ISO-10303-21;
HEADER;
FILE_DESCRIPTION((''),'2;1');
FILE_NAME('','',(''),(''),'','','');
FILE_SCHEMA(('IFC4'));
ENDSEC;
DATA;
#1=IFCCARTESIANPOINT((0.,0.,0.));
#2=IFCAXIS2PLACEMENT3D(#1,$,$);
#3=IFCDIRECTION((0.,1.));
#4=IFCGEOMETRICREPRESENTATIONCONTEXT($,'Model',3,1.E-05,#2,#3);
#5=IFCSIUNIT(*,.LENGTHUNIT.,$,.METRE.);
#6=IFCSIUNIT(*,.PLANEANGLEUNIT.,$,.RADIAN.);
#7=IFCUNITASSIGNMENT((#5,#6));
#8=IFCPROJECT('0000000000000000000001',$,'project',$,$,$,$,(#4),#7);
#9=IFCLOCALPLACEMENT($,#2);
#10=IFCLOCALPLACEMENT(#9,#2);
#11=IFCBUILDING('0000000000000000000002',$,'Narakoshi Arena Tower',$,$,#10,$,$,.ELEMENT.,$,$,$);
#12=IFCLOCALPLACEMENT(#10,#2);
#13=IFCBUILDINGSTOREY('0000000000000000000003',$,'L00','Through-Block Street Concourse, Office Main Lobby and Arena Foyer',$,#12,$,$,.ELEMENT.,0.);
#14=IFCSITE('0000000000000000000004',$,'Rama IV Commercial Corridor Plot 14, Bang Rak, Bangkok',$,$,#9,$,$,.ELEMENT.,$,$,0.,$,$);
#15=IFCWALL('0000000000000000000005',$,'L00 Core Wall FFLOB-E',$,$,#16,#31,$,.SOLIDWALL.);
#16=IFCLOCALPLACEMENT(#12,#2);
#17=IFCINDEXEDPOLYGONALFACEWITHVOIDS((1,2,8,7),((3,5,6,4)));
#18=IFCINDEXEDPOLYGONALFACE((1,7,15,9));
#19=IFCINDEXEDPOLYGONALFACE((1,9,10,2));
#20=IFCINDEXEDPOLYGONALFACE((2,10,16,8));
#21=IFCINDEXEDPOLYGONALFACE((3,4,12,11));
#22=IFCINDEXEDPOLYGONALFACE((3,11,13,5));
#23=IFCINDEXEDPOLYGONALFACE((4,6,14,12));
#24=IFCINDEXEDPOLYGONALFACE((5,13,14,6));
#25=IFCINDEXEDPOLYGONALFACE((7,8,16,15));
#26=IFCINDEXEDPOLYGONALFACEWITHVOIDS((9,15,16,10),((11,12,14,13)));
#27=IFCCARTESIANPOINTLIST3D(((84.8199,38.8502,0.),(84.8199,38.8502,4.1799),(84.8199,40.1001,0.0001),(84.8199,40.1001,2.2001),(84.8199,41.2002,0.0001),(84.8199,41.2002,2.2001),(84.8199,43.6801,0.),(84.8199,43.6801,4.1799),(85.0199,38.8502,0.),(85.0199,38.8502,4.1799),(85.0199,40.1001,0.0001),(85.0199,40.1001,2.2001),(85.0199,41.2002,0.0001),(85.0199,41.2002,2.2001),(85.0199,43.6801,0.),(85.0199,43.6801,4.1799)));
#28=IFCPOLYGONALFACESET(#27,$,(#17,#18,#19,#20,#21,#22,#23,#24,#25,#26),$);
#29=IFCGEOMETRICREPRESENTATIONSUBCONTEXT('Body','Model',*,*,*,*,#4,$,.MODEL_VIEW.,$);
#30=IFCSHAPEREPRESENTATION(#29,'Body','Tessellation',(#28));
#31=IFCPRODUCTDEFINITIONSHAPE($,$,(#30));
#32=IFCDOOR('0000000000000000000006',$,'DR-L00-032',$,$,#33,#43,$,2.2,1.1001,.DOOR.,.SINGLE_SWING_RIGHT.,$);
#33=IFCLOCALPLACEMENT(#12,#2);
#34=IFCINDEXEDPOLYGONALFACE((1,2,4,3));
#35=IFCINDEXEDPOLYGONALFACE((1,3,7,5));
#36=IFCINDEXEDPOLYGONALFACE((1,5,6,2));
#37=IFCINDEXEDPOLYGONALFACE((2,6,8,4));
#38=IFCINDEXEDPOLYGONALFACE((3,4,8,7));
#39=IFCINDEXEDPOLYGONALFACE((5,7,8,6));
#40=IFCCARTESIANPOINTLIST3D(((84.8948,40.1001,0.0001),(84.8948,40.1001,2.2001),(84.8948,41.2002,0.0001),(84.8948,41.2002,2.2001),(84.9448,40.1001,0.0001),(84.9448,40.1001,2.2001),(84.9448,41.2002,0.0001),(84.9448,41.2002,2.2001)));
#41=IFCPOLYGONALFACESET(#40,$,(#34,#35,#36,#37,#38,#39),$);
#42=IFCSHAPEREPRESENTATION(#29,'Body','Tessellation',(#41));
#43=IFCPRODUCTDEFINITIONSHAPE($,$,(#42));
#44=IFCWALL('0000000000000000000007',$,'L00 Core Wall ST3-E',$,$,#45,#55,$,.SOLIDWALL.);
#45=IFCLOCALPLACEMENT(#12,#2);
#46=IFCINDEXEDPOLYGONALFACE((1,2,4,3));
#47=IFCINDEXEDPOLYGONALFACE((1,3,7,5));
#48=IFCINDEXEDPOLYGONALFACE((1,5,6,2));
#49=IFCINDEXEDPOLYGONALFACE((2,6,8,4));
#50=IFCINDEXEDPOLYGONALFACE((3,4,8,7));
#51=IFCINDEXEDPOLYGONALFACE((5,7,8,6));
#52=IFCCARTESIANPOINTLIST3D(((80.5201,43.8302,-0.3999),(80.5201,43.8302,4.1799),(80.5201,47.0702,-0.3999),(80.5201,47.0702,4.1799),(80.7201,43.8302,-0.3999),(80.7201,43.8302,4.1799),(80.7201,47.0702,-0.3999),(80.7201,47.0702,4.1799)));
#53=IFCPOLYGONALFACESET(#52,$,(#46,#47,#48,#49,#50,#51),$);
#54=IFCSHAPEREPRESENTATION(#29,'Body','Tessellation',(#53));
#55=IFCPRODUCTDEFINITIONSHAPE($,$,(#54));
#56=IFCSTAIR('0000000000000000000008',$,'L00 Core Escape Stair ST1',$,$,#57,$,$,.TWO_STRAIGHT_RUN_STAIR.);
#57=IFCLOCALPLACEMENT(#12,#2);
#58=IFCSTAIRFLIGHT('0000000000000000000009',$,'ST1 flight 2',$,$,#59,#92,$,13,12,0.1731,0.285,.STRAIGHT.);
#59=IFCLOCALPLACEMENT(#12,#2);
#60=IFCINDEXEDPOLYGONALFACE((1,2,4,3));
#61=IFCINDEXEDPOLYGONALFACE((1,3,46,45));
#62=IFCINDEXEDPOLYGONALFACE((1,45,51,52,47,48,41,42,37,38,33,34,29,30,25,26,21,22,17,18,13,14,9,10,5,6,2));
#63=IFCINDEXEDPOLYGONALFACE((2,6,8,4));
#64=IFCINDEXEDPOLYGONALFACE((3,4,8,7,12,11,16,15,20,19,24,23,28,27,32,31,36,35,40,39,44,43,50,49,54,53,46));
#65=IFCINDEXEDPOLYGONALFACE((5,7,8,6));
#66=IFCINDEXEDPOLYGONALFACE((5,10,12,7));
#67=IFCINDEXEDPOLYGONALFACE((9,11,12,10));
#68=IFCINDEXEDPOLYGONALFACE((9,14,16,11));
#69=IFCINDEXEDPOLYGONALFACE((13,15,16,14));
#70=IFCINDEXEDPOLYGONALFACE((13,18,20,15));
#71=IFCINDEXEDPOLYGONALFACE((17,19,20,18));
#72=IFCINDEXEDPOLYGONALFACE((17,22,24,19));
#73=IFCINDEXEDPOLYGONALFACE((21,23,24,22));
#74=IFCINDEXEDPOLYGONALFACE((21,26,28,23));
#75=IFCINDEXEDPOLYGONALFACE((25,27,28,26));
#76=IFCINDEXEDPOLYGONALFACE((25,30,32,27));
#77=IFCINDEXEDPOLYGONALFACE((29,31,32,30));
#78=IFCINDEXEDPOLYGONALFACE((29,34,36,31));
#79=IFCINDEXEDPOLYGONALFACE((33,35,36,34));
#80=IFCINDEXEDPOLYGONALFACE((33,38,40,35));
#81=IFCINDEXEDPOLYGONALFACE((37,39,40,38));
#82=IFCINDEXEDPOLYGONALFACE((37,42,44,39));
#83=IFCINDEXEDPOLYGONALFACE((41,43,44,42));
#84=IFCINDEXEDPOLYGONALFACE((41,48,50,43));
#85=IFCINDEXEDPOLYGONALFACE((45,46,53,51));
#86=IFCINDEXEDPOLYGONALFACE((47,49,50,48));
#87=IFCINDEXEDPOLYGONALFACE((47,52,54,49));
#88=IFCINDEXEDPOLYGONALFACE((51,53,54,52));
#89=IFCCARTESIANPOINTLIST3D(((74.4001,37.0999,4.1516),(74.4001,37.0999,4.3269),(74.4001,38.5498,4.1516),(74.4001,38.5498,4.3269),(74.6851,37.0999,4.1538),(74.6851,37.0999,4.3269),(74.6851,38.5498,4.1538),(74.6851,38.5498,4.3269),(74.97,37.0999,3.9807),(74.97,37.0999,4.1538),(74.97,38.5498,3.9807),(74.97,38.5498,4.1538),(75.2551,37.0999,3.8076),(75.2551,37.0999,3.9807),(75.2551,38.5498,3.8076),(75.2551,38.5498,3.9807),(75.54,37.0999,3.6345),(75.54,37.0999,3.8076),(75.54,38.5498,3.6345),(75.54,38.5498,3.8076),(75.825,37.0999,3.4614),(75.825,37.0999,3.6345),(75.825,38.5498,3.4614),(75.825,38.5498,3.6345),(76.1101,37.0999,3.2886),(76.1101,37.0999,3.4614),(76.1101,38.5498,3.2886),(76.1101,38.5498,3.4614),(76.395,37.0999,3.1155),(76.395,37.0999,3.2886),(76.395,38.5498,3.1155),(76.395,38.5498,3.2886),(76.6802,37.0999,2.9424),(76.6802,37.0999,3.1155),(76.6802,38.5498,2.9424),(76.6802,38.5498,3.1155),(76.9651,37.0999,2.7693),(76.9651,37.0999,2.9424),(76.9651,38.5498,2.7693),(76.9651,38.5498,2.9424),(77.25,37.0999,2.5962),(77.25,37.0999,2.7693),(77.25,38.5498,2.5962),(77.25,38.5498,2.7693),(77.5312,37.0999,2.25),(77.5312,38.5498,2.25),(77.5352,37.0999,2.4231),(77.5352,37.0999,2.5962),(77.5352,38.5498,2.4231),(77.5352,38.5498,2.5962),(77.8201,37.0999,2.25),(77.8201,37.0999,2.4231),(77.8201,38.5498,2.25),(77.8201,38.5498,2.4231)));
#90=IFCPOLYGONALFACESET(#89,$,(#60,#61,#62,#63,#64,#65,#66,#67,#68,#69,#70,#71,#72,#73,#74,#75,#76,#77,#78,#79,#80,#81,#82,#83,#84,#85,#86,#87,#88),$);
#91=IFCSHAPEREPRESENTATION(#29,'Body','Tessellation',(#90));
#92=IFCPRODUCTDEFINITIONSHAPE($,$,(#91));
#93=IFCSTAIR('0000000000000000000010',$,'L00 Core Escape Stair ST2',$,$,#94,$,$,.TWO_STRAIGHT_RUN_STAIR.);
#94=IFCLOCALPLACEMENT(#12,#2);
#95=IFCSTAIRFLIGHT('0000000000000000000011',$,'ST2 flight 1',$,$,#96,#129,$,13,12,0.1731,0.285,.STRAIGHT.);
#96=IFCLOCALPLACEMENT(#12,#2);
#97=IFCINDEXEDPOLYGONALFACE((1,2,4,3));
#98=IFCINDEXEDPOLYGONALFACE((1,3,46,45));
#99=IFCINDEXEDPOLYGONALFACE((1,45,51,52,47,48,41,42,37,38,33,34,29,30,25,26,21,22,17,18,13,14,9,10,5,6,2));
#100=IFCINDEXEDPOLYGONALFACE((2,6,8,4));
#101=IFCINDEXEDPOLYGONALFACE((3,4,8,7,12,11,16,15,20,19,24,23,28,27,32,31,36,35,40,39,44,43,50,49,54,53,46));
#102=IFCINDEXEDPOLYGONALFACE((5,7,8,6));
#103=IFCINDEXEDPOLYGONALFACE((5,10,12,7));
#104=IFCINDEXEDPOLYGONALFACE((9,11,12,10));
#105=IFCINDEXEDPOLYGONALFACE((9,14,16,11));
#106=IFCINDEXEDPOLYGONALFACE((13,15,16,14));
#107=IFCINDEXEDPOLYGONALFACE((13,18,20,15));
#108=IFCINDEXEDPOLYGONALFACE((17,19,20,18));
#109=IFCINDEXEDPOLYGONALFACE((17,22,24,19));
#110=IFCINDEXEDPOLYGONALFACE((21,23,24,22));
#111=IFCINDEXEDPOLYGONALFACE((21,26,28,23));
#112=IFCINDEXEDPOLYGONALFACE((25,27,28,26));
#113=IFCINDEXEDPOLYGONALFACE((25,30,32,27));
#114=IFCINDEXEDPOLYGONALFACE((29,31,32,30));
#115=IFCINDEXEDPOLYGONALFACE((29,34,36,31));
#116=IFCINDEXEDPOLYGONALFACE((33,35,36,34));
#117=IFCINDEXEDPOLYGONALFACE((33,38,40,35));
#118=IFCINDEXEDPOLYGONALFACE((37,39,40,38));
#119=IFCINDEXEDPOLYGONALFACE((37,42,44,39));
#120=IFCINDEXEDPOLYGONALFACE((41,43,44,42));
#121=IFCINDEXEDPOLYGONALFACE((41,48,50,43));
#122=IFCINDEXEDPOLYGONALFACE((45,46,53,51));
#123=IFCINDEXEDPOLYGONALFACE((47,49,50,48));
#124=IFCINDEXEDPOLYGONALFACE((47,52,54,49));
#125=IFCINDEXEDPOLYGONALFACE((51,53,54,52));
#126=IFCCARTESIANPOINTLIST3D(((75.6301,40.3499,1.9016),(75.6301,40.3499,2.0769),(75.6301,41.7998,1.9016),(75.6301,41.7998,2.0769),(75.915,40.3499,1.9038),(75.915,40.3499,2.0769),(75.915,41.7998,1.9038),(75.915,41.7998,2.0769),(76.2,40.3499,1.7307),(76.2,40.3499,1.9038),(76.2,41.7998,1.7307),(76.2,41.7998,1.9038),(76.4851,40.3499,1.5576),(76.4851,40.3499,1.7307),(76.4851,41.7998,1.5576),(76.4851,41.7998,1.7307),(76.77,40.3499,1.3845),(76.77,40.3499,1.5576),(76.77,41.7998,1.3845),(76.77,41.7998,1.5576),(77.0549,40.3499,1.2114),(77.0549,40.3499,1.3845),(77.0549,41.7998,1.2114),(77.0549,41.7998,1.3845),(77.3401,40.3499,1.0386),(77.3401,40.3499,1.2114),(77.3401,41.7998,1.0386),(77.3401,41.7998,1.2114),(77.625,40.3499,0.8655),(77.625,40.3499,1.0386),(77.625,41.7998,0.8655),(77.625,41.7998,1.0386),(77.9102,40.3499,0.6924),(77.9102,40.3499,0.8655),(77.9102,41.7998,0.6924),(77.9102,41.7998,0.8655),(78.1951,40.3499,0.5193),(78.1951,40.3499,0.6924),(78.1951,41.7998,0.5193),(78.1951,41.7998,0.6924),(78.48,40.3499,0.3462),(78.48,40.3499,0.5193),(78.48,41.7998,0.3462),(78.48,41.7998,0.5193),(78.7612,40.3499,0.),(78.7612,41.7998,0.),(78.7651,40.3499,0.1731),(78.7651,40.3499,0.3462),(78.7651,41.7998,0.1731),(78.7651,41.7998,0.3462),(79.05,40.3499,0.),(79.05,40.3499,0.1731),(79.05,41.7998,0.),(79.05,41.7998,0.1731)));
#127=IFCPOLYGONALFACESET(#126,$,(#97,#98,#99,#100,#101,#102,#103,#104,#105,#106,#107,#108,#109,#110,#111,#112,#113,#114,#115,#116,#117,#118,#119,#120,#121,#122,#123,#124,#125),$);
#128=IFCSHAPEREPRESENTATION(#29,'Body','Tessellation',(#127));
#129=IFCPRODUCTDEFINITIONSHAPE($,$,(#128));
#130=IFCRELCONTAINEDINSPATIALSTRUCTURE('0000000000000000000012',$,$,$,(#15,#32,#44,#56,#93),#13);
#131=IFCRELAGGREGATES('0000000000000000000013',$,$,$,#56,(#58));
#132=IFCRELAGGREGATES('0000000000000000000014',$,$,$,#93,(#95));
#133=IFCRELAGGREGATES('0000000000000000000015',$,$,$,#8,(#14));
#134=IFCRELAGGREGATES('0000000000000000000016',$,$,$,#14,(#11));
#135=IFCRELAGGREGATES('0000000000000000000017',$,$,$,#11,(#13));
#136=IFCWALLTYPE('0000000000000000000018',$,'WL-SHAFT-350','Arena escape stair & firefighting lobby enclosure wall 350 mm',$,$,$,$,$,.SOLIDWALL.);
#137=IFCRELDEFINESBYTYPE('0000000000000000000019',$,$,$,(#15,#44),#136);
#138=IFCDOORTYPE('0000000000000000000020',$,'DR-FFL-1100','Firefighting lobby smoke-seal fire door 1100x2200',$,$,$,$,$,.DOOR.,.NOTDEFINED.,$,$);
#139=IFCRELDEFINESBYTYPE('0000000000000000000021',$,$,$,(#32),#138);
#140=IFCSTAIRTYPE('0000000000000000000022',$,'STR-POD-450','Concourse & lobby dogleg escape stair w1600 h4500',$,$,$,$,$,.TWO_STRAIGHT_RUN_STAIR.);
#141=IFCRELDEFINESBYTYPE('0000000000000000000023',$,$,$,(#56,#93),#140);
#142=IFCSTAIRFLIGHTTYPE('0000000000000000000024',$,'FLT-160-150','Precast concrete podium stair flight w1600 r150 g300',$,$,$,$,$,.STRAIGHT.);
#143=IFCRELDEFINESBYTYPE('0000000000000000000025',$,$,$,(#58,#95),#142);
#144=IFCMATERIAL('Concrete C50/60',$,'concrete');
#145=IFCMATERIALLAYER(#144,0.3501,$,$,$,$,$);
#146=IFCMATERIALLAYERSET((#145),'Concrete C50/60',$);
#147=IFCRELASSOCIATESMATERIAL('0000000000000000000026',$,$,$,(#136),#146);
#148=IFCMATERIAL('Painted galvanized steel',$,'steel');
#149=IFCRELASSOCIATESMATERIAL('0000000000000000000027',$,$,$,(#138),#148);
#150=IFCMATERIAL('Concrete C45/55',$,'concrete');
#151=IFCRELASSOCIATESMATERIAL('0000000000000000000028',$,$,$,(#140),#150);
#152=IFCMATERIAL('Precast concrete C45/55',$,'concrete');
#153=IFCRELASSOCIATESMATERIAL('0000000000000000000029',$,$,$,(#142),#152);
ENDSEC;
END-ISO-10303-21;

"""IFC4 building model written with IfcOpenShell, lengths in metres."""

from ifc_helpers import new_model, si_unit, direction, frame, frame_2d, origin, place, context, subcontext, project, spatial, polyline, rectangle, outline, extrude, material, layer, layer_set, type_object, element, fill, aggregate, save


model = new_model("IFC4")

# Units and contexts
model_context = context("Model", 3, precision=1e-05, world=origin(), true_north=direction((0.0, 1.0)))
body_context = subcontext(model_context, "Body", "Model", "MODEL_VIEW")
ifc_project = project(units=[si_unit("LENGTHUNIT", "METRE"), si_unit("PLANEANGLEUNIT", "RADIAN")], contexts=[model_context])

# Site, building, storey
site_placement = place(None, origin())
site = spatial("IfcSite", under=ifc_project, at=site_placement, Name="Rama IV Commercial Corridor Plot 14, Bang Rak, Bangkok", CompositionType="ELEMENT", RefElevation=0.0)
building_placement = place(site_placement, origin())
building = spatial("IfcBuilding", under=site, at=building_placement, Name="Narakoshi Arena Tower", CompositionType="ELEMENT")
storey_placement = place(building_placement, origin())
storey = spatial("IfcBuildingStorey", under=building, at=storey_placement, Name="L00", Description="Through-Block Street Concourse, Office Main Lobby and Arena Foyer", CompositionType="ELEMENT", Elevation=0.0)

# Shared definitions
ifc_material_1 = material(Name="Concrete C50/60", Category="concrete")
ifc_layer_1 = layer(ifc_material_1, 0.3501)
ifc_layer_set_1 = layer_set([ifc_layer_1], Name="Concrete C50/60")
wall_type_1 = type_object("IfcWallType", Name="WL-SHAFT-350", Description="Arena escape stair & firefighting lobby enclosure wall 350 mm", PredefinedType="SOLIDWALL", material=ifc_layer_set_1)

# Shared definitions
ifc_material_2 = material(Name="Painted galvanized steel", Category="steel")

# Wall, opening, door
wall_1_placement = place(storey_placement, frame((84.9199, 38.8501, 0.0), z_axis=(0.0, 0.0, 1.0), x_axis=(0.0, 1.0, 0.0)))
wall_1 = element("IfcWall", 1, at=wall_1_placement, inside=storey, type_object=wall_type_1, Name="L00 Core Wall FFLOB-E", PredefinedType="SOLIDWALL", context=body_context, shape_type="SweptSolid", body=[
    extrude(rectangle(XDim=4.8298, YDim=0.2, at=frame_2d((2.415, 0.0))), origin(), (0.0, 0.0, 1.0), 4.1799),
])
opening_1_placement = place(wall_1_placement, frame((1.25, 0.0, 0.0)))
opening_1 = element("IfcOpeningElement", 2, at=opening_1_placement, cuts=wall_1, PredefinedType="OPENING", context=body_context, shape_type="SweptSolid", body=[
    extrude(rectangle(XDim=1.1001, YDim=2.2, at=frame_2d((0.55, 1.1001))), frame((0.0, 0.1099, 0.0), z_axis=(0.0, -1.0, 0.0), x_axis=(1.0, 0.0, 0.0)), (0.0, 0.0, 1.0), 0.22),
])
door_type_1 = type_object("IfcDoorType", Name="DR-FFL-1100", Description="Firefighting lobby smoke-seal fire door 1100x2200", OperationType="NOTDEFINED", PredefinedType="DOOR", material=ifc_material_2)
door_1_placement = place(opening_1_placement, frame((1.1001, 0.0, 0.0), z_axis=(0.0, 0.0, 1.0), x_axis=(-1.0, 0.0, 0.0)))
door_1 = element("IfcDoor", 3, at=door_1_placement, inside=storey, type_object=door_type_1, Name="DR-L00-032", OperationType="SINGLE_SWING_RIGHT", OverallHeight=2.2, OverallWidth=1.1001, PredefinedType="DOOR", context=body_context, shape_type="SweptSolid", body=[
    extrude(rectangle(XDim=1.1001, YDim=2.2, at=frame_2d((0.55, 1.1001))), frame((0.0, 0.0249, 0.0), z_axis=(0.0, -1.0, 0.0), x_axis=(1.0, 0.0, 0.0)), (0.0, 0.0, 1.0), 0.05),
])
fill(opening_1, door_1)

# Wall
wall_2_placement = place(storey_placement, frame((80.6201, 43.8301, -0.3999), z_axis=(0.0, 0.0, 1.0), x_axis=(0.0, 1.0, 0.0)))
element("IfcWall", 4, at=wall_2_placement, inside=storey, type_object=wall_type_1, Name="L00 Core Wall ST3-E", PredefinedType="SOLIDWALL", context=body_context, shape_type="SweptSolid", body=[
    extrude(rectangle(XDim=3.24, YDim=0.2, at=frame_2d((1.6201, 0.0))), origin(), (0.0, 0.0, 1.0), 4.5798),
])

# Stairs, stair flights
ifc_material_3 = material(Name="Concrete C45/55", Category="concrete")
stair_type = type_object("IfcStairType", Name="STR-POD-450", Description="Concourse & lobby dogleg escape stair w1600 h4500", PredefinedType="TWO_STRAIGHT_RUN_STAIR", material=ifc_material_3)
stair_1_placement = place(storey_placement, origin())
stair_1 = element("IfcStair", 5, at=stair_1_placement, inside=storey, type_object=stair_type, Name="L00 Core Escape Stair ST1", PredefinedType="TWO_STRAIGHT_RUN_STAIR")
ifc_material_4 = material(Name="Precast concrete C45/55", Category="concrete")
stair_flight_type = type_object("IfcStairFlightType", Name="FLT-160-150", Description="Precast concrete podium stair flight w1600 r150 g300", PredefinedType="STRAIGHT", material=ifc_material_4)
stair_flight_1_placement = place(storey_placement, frame((77.8201, 37.825, 2.25), z_axis=(0.0, 0.0, 1.0), x_axis=(-1.0, 0.0, 0.0)))
stair_flight_1 = element("IfcStairFlight", 6, at=stair_flight_1_placement, type_object=stair_flight_type, Name="ST1 flight 2", NumberOfRisers=13, NumberOfTreads=12, PredefinedType="STRAIGHT", RiserHeight=0.1731, TreadLength=0.285, context=body_context, shape_type="SweptSolid", body=[
    extrude(outline(polyline([(0.0, 0.0), (0.0, 0.1731), (0.2849, 0.1731), (0.2849, 0.3462), (0.5701, 0.3462), (0.5701, 0.5193), (0.855, 0.5193), (0.855, 0.6924), (1.1399, 0.6924), (1.1399, 0.8655), (1.425, 0.8655), (1.425, 1.0386), (1.71, 1.0386), (1.71, 1.2114), (1.9951, 1.2114), (1.9951, 1.3845), (2.28, 1.3845), (2.28, 1.5576), (2.5649, 1.5576), (2.5649, 1.7307), (2.8501, 1.7307), (2.8501, 1.9038), (3.135, 1.9038), (3.135, 2.0769), (3.4199, 2.0769), (3.4199, 2.25), (3.4199, 1.9016), (0.2888, 0.0), (0.0, 0.0)])), frame((0.0, 0.7251, 0.0), z_axis=(0.0, -1.0, 0.0), x_axis=(1.0, 0.0, 0.0)), (0.0, 0.0, 1.0), 1.45),
])
aggregate(stair_1, [stair_flight_1])
stair_2_placement = place(storey_placement, origin())
stair_2 = element("IfcStair", 7, at=stair_2_placement, inside=storey, type_object=stair_type, Name="L00 Core Escape Stair ST2", PredefinedType="TWO_STRAIGHT_RUN_STAIR")
stair_flight_2_placement = place(storey_placement, frame((79.05, 41.075, 0.0), z_axis=(0.0, 0.0, 1.0), x_axis=(-1.0, 0.0, 0.0)))
stair_flight_2 = element("IfcStairFlight", 8, at=stair_flight_2_placement, type_object=stair_flight_type, Name="ST2 flight 1", NumberOfRisers=13, NumberOfTreads=12, PredefinedType="STRAIGHT", RiserHeight=0.1731, TreadLength=0.285, context=body_context, shape_type="SweptSolid", body=[
    extrude(outline(polyline([(0.0, 0.0), (0.0, 0.1731), (0.2849, 0.1731), (0.2849, 0.3462), (0.5701, 0.3462), (0.5701, 0.5193), (0.855, 0.5193), (0.855, 0.6924), (1.1399, 0.6924), (1.1399, 0.8655), (1.425, 0.8655), (1.425, 1.0386), (1.71, 1.0386), (1.71, 1.2114), (1.9951, 1.2114), (1.9951, 1.3845), (2.28, 1.3845), (2.28, 1.5576), (2.5649, 1.5576), (2.5649, 1.7307), (2.8501, 1.7307), (2.8501, 1.9038), (3.135, 1.9038), (3.135, 2.0769), (3.4199, 2.0769), (3.4199, 2.25), (3.4199, 1.9016), (0.2888, 0.0), (0.0, 0.0)])), frame((0.0, 0.7251, 0.0), z_axis=(0.0, -1.0, 0.0), x_axis=(1.0, 0.0, 0.0)), (0.0, 0.0, 1.0), 1.45),
])
aggregate(stair_2, [stair_flight_2])

save(model, "model.ifc")
